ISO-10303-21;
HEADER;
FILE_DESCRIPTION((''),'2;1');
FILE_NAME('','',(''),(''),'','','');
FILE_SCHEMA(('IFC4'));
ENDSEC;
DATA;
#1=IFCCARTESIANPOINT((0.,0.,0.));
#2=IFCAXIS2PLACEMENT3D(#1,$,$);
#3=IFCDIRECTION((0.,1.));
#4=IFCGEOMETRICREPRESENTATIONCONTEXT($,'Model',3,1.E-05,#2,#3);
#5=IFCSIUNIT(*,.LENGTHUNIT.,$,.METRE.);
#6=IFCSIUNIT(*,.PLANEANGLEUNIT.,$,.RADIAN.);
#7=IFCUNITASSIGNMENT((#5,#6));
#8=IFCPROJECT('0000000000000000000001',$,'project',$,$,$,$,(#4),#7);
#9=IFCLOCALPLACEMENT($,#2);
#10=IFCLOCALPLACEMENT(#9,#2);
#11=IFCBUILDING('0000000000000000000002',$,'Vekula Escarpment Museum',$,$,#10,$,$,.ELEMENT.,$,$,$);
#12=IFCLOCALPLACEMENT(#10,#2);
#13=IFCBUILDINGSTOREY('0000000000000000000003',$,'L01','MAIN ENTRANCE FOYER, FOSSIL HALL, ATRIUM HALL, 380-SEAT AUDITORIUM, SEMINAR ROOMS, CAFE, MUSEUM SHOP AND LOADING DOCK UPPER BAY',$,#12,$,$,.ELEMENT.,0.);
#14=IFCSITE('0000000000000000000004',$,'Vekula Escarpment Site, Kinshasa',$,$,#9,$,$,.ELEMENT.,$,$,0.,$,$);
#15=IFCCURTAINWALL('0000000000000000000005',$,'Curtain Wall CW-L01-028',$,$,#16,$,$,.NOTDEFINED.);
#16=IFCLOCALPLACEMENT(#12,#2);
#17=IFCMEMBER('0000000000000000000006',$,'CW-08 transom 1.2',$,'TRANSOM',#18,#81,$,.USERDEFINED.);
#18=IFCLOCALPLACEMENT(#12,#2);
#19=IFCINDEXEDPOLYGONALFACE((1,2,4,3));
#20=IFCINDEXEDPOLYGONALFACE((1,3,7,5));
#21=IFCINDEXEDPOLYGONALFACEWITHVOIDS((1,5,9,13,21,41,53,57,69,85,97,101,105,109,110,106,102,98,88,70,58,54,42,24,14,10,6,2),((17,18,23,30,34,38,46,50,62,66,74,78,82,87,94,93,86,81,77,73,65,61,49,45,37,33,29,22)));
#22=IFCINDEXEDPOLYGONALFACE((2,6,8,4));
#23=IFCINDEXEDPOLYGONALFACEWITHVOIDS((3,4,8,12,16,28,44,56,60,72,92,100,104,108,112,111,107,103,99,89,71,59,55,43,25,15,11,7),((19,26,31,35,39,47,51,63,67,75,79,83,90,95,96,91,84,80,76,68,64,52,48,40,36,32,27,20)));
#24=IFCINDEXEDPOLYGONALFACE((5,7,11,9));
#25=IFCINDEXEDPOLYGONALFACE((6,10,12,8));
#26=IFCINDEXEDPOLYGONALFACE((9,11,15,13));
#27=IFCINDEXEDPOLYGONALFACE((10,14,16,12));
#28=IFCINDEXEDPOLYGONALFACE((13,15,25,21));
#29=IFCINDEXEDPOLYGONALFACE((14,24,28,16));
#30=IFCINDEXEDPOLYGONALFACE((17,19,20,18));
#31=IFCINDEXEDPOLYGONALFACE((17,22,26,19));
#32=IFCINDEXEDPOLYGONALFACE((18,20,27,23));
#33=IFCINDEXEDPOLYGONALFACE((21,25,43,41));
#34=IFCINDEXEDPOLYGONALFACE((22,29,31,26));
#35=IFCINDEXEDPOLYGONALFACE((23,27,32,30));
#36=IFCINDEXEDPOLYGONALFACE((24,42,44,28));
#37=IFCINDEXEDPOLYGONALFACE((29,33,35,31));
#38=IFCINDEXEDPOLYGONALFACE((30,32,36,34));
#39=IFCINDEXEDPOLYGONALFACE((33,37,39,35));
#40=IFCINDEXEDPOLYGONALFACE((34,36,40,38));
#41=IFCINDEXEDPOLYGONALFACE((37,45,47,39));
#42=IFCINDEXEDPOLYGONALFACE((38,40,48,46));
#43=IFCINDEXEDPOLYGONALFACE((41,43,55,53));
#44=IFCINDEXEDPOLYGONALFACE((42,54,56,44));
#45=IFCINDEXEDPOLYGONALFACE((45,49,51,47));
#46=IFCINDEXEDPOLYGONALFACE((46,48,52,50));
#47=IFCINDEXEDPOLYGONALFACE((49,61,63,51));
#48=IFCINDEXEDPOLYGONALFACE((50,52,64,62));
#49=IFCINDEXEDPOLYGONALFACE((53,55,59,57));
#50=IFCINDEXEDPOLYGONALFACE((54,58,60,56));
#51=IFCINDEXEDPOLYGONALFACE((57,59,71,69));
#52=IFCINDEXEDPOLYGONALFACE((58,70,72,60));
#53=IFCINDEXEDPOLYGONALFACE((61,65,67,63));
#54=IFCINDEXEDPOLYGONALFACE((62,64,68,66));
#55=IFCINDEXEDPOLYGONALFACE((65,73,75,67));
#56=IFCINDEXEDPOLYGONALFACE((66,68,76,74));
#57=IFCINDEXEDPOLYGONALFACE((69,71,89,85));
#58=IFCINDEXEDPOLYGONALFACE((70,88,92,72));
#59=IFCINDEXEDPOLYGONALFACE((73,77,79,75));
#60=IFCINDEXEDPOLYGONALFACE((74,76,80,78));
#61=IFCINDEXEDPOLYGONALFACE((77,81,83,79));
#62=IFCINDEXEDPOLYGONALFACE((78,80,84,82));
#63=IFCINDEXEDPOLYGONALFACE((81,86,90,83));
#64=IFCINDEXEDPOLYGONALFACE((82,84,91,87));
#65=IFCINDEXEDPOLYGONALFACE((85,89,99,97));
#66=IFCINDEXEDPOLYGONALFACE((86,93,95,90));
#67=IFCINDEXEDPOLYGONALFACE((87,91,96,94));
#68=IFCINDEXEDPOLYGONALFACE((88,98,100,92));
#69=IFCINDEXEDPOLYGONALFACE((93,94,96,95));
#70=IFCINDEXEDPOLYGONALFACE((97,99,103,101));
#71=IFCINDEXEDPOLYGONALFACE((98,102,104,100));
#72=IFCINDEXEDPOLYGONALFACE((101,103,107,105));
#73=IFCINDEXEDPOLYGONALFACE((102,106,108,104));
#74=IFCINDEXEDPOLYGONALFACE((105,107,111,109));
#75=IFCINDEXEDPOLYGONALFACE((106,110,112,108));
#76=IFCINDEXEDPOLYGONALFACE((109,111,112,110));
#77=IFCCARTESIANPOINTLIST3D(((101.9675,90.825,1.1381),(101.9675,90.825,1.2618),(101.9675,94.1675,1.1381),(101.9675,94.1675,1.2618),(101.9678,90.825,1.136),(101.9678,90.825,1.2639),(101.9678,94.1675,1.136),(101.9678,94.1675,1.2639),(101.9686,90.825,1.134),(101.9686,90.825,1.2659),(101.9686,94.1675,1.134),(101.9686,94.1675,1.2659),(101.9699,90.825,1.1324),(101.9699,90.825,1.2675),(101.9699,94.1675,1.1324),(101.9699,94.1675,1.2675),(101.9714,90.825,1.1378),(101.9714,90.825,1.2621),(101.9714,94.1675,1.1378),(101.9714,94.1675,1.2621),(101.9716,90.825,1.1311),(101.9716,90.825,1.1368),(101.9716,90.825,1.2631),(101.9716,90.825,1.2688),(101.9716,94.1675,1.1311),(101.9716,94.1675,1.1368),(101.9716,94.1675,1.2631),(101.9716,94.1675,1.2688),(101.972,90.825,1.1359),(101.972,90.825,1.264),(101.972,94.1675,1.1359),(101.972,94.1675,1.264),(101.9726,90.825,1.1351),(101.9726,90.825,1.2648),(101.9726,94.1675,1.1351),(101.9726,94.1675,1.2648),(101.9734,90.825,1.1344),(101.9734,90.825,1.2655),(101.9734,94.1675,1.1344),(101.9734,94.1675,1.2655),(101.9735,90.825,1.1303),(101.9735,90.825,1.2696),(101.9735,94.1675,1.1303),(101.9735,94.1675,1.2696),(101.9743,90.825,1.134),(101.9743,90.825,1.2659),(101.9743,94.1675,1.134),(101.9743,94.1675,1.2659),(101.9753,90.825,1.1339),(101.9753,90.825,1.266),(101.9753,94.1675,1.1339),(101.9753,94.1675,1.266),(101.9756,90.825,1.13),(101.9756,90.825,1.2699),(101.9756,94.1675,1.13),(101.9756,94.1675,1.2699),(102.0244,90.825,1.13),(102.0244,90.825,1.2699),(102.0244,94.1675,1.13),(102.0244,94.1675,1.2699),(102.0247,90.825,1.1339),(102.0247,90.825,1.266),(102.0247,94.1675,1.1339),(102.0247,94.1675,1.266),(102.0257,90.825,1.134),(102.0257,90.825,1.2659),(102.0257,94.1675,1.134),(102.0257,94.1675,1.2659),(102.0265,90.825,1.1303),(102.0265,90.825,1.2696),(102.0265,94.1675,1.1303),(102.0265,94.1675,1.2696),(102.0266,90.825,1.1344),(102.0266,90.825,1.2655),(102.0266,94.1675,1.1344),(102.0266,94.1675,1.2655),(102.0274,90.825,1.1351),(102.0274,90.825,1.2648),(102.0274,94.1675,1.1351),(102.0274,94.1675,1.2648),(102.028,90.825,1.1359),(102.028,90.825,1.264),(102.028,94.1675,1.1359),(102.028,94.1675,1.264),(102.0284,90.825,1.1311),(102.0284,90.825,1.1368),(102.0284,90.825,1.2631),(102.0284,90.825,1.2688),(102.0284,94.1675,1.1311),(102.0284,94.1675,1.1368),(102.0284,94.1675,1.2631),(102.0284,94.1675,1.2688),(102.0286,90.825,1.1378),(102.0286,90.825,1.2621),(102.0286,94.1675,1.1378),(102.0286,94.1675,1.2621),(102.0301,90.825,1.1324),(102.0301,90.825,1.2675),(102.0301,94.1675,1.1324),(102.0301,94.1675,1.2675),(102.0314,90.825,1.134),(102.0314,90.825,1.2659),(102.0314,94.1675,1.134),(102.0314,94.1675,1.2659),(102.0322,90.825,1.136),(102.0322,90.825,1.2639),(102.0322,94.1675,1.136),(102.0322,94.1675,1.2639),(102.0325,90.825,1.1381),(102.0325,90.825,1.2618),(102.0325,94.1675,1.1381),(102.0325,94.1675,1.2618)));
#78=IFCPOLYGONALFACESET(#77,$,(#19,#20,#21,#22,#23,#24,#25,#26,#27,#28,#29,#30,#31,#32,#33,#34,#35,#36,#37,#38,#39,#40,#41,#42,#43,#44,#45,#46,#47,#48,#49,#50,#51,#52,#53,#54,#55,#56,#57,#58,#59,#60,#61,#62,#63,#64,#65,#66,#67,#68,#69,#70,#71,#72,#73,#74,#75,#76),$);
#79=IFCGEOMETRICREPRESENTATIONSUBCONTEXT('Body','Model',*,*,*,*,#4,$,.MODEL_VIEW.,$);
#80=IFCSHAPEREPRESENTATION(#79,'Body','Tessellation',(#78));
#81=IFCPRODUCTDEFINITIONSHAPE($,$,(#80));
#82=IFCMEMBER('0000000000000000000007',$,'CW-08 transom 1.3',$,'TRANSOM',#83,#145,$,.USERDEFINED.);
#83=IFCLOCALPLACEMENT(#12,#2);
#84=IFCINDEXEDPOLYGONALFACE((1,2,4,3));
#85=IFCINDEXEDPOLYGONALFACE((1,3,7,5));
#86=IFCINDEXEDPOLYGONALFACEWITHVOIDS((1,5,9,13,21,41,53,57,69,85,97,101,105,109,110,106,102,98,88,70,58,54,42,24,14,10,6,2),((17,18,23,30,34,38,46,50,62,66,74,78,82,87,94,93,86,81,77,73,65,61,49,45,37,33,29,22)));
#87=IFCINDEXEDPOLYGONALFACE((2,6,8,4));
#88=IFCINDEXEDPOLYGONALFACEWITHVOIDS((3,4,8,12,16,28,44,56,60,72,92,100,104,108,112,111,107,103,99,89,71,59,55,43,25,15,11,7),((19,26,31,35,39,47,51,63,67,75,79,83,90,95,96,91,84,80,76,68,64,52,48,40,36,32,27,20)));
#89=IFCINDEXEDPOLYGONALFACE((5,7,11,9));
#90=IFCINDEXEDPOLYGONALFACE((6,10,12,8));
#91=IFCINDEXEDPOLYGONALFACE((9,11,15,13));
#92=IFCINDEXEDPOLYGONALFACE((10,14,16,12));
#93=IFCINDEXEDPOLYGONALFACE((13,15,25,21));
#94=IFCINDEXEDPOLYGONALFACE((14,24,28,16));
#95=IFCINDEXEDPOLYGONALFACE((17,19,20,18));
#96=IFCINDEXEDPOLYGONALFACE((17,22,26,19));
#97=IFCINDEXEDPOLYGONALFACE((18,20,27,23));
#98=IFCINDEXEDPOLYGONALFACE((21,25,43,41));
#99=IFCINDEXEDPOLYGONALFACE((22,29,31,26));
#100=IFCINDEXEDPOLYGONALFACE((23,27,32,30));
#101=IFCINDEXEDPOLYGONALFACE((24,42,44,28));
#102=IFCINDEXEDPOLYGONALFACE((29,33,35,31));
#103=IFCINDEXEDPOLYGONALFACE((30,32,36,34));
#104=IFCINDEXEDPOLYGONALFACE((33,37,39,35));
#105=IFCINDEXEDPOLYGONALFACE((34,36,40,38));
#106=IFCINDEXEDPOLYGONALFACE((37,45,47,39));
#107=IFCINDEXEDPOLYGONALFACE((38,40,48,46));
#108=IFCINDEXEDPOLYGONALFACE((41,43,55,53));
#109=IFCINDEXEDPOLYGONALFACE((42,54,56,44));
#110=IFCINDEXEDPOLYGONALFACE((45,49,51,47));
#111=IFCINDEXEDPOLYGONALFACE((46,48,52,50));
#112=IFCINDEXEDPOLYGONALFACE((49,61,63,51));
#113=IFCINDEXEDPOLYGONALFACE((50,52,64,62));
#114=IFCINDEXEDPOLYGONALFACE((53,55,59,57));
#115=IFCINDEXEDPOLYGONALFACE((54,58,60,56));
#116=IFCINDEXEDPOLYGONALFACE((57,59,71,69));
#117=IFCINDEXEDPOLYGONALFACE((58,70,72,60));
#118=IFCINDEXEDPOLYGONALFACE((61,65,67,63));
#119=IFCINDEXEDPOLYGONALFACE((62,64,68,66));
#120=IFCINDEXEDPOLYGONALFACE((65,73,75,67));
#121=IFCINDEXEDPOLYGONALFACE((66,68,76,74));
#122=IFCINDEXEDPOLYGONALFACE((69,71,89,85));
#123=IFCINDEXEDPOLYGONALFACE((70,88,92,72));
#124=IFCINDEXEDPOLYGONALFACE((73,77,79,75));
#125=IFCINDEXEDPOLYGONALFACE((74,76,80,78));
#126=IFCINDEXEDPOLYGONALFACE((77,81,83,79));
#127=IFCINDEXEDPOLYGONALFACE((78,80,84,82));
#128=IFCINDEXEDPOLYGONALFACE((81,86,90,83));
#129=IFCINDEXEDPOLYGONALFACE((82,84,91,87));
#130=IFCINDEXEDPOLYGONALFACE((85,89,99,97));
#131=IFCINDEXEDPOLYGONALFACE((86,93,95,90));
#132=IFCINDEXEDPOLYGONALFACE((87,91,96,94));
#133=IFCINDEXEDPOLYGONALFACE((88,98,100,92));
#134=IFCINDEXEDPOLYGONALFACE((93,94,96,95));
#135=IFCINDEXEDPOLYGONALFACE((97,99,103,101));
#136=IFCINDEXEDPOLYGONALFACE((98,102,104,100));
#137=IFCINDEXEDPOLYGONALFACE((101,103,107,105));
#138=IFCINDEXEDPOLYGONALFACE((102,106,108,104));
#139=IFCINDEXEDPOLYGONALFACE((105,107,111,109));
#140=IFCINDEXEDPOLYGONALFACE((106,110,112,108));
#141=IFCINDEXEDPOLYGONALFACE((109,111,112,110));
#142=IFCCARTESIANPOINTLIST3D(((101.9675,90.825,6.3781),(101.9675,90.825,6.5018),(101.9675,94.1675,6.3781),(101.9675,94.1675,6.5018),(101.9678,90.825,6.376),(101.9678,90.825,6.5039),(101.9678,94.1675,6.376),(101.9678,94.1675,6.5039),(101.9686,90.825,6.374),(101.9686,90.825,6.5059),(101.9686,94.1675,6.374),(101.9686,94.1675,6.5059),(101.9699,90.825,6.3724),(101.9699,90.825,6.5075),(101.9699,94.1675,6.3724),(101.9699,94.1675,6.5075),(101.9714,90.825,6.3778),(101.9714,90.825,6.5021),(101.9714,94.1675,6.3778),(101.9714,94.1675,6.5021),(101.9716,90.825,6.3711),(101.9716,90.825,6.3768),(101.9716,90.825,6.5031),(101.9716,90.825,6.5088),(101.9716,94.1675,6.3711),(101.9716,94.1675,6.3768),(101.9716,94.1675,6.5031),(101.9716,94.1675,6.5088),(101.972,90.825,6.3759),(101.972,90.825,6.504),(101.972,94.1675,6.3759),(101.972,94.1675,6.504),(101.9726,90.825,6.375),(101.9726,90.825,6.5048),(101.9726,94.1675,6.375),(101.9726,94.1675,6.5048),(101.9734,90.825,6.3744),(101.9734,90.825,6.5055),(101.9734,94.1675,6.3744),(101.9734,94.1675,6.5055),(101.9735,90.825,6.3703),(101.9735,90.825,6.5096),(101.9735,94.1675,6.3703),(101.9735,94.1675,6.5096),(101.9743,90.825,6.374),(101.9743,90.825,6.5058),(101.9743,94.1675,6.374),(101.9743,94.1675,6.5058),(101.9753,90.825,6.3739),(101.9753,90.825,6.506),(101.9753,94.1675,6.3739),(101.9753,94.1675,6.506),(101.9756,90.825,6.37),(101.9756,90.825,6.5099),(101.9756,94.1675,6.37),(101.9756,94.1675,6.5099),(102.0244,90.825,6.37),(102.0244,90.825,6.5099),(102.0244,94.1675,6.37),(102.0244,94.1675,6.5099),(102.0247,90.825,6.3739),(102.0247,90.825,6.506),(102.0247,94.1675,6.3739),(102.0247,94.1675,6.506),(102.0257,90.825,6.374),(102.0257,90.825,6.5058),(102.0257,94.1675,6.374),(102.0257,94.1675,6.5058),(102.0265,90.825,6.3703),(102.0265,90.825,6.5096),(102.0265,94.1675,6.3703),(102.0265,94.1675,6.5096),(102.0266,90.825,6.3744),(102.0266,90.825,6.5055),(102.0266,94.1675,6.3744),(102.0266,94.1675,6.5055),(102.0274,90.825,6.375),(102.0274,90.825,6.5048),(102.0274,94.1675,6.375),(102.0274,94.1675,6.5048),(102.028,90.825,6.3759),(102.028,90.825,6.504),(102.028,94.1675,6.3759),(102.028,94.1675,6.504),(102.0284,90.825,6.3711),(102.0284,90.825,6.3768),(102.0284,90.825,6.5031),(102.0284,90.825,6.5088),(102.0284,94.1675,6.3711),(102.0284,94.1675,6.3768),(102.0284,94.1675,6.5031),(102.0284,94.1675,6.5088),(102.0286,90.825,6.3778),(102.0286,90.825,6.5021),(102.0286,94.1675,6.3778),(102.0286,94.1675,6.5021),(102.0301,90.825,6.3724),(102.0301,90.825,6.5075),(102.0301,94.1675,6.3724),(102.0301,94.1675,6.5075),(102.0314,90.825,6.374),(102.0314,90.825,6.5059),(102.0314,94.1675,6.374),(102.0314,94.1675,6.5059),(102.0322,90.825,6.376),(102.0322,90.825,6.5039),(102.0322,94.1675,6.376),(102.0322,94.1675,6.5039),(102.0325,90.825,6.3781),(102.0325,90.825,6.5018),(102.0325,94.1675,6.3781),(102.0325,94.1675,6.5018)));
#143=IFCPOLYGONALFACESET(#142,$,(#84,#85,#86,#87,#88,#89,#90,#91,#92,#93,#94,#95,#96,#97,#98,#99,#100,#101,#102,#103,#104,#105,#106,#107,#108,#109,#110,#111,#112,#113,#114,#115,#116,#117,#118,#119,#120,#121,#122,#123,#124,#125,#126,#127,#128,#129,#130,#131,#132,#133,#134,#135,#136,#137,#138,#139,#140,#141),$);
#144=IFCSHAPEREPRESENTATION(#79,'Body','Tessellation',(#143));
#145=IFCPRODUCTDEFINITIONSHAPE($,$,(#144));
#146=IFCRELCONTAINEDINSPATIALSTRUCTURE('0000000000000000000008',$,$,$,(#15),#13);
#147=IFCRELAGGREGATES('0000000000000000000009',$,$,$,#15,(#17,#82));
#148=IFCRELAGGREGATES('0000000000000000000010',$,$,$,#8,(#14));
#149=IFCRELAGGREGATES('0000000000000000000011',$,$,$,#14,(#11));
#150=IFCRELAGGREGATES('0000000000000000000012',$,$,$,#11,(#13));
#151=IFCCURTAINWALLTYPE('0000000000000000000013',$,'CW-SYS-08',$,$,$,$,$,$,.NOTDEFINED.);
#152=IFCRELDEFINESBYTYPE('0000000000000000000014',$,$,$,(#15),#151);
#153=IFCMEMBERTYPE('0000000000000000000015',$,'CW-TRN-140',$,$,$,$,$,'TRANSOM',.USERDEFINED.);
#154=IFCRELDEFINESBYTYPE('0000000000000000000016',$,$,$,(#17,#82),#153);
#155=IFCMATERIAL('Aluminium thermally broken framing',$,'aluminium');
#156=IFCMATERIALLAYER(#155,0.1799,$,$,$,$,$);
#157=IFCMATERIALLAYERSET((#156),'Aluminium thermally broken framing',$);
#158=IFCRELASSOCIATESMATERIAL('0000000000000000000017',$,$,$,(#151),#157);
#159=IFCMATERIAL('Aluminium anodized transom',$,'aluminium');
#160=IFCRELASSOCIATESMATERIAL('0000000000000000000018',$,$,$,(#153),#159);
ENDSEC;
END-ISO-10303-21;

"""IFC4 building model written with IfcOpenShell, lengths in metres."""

from ifc_helpers import new_model, si_unit, direction, frame, origin, origin_2d, place, context, subcontext, project, spatial, hollow_rectangle, extrude, material, layer, layer_set, material_profile, profile_set, type_object, element, aggregate, save


model = new_model("IFC4")

# Units and contexts
model_context = context("Model", 3, precision=1e-05, world=origin(), true_north=direction((0.0, 1.0)))
body_context = subcontext(model_context, "Body", "Model", "MODEL_VIEW")
ifc_project = project(units=[si_unit("LENGTHUNIT", "METRE"), si_unit("PLANEANGLEUNIT", "RADIAN")], contexts=[model_context])

# Site, building, storey
site_placement = place(None, origin())
site = spatial("IfcSite", under=ifc_project, at=site_placement, Name="Vekula Escarpment Site, Kinshasa", CompositionType="ELEMENT", RefElevation=0.0)
building_placement = place(site_placement, origin())
building = spatial("IfcBuilding", under=site, at=building_placement, Name="Vekula Escarpment Museum", CompositionType="ELEMENT")
storey_placement = place(building_placement, origin())
storey = spatial("IfcBuildingStorey", under=building, at=storey_placement, Name="L01", Description="MAIN ENTRANCE FOYER, FOSSIL HALL, ATRIUM HALL, 380-SEAT AUDITORIUM, SEMINAR ROOMS, CAFE, MUSEUM SHOP AND LOADING DOCK UPPER BAY", CompositionType="ELEMENT", Elevation=0.0)

# Curtain wall
ifc_material_1 = material(Name="Aluminium thermally broken framing", Category="aluminium")
ifc_layer_1 = layer(ifc_material_1, 0.1799)
ifc_layer_set_1 = layer_set([ifc_layer_1], Name="Aluminium thermally broken framing")
curtain_wall_type_1 = type_object("IfcCurtainWallType", Name="CW-SYS-08", PredefinedType="NOTDEFINED", material=ifc_layer_set_1)
curtain_wall_1_placement = place(storey_placement, origin())
curtain_wall_1 = element("IfcCurtainWall", 1, at=curtain_wall_1_placement, inside=storey, type_object=curtain_wall_type_1, Name="Curtain Wall CW-L01-028", PredefinedType="NOTDEFINED")

# Members
ifc_material_2 = material(Name="Aluminium anodized transom", Category="aluminium")
ifc_material_profile_1 = material_profile(ifc_material_2, hollow_rectangle(XDim=0.0649, YDim=0.1399, WallThickness=0.0039, InnerFilletRadius=0.0039, OuterFilletRadius=0.0081, at=origin_2d()), Name="ALU 140x65x4")
ifc_profile_set_1 = profile_set([ifc_material_profile_1], Name="Aluminium anodized transom")
member_type_1 = type_object("IfcMemberType", Name="CW-TRN-140", ElementType="TRANSOM", PredefinedType="USERDEFINED", material=ifc_profile_set_1)
member_1_placement = place(storey_placement, frame((102.0, 90.825, 1.2), z_axis=(0.0, 1.0, 0.0), x_axis=(-1.0, 0.0, 0.0)))
member_1 = element("IfcMember", 2, at=member_1_placement, type_object=member_type_1, Name="CW-08 transom 1.2", ObjectType="TRANSOM", PredefinedType="USERDEFINED", context=body_context, shape_type="SweptSolid", body=[
    extrude(hollow_rectangle(XDim=0.0649, YDim=0.1399, WallThickness=0.0039, InnerFilletRadius=0.0039, OuterFilletRadius=0.0081, at=origin_2d()), origin(), (0.0, 0.0, 1.0), 3.3425),
])
member_2_placement = place(storey_placement, frame((102.0, 90.825, 6.4399), z_axis=(0.0, 1.0, 0.0), x_axis=(-1.0, 0.0, 0.0)))
member_2 = element("IfcMember", 3, at=member_2_placement, type_object=member_type_1, Name="CW-08 transom 1.3", ObjectType="TRANSOM", PredefinedType="USERDEFINED", context=body_context, shape_type="SweptSolid", body=[
    extrude(hollow_rectangle(XDim=0.0649, YDim=0.1399, WallThickness=0.0039, InnerFilletRadius=0.0039, OuterFilletRadius=0.0081, at=origin_2d()), origin(), (0.0, 0.0, 1.0), 3.3425),
])
aggregate(curtain_wall_1, [member_1, member_2])

save(model, "model.ifc")
